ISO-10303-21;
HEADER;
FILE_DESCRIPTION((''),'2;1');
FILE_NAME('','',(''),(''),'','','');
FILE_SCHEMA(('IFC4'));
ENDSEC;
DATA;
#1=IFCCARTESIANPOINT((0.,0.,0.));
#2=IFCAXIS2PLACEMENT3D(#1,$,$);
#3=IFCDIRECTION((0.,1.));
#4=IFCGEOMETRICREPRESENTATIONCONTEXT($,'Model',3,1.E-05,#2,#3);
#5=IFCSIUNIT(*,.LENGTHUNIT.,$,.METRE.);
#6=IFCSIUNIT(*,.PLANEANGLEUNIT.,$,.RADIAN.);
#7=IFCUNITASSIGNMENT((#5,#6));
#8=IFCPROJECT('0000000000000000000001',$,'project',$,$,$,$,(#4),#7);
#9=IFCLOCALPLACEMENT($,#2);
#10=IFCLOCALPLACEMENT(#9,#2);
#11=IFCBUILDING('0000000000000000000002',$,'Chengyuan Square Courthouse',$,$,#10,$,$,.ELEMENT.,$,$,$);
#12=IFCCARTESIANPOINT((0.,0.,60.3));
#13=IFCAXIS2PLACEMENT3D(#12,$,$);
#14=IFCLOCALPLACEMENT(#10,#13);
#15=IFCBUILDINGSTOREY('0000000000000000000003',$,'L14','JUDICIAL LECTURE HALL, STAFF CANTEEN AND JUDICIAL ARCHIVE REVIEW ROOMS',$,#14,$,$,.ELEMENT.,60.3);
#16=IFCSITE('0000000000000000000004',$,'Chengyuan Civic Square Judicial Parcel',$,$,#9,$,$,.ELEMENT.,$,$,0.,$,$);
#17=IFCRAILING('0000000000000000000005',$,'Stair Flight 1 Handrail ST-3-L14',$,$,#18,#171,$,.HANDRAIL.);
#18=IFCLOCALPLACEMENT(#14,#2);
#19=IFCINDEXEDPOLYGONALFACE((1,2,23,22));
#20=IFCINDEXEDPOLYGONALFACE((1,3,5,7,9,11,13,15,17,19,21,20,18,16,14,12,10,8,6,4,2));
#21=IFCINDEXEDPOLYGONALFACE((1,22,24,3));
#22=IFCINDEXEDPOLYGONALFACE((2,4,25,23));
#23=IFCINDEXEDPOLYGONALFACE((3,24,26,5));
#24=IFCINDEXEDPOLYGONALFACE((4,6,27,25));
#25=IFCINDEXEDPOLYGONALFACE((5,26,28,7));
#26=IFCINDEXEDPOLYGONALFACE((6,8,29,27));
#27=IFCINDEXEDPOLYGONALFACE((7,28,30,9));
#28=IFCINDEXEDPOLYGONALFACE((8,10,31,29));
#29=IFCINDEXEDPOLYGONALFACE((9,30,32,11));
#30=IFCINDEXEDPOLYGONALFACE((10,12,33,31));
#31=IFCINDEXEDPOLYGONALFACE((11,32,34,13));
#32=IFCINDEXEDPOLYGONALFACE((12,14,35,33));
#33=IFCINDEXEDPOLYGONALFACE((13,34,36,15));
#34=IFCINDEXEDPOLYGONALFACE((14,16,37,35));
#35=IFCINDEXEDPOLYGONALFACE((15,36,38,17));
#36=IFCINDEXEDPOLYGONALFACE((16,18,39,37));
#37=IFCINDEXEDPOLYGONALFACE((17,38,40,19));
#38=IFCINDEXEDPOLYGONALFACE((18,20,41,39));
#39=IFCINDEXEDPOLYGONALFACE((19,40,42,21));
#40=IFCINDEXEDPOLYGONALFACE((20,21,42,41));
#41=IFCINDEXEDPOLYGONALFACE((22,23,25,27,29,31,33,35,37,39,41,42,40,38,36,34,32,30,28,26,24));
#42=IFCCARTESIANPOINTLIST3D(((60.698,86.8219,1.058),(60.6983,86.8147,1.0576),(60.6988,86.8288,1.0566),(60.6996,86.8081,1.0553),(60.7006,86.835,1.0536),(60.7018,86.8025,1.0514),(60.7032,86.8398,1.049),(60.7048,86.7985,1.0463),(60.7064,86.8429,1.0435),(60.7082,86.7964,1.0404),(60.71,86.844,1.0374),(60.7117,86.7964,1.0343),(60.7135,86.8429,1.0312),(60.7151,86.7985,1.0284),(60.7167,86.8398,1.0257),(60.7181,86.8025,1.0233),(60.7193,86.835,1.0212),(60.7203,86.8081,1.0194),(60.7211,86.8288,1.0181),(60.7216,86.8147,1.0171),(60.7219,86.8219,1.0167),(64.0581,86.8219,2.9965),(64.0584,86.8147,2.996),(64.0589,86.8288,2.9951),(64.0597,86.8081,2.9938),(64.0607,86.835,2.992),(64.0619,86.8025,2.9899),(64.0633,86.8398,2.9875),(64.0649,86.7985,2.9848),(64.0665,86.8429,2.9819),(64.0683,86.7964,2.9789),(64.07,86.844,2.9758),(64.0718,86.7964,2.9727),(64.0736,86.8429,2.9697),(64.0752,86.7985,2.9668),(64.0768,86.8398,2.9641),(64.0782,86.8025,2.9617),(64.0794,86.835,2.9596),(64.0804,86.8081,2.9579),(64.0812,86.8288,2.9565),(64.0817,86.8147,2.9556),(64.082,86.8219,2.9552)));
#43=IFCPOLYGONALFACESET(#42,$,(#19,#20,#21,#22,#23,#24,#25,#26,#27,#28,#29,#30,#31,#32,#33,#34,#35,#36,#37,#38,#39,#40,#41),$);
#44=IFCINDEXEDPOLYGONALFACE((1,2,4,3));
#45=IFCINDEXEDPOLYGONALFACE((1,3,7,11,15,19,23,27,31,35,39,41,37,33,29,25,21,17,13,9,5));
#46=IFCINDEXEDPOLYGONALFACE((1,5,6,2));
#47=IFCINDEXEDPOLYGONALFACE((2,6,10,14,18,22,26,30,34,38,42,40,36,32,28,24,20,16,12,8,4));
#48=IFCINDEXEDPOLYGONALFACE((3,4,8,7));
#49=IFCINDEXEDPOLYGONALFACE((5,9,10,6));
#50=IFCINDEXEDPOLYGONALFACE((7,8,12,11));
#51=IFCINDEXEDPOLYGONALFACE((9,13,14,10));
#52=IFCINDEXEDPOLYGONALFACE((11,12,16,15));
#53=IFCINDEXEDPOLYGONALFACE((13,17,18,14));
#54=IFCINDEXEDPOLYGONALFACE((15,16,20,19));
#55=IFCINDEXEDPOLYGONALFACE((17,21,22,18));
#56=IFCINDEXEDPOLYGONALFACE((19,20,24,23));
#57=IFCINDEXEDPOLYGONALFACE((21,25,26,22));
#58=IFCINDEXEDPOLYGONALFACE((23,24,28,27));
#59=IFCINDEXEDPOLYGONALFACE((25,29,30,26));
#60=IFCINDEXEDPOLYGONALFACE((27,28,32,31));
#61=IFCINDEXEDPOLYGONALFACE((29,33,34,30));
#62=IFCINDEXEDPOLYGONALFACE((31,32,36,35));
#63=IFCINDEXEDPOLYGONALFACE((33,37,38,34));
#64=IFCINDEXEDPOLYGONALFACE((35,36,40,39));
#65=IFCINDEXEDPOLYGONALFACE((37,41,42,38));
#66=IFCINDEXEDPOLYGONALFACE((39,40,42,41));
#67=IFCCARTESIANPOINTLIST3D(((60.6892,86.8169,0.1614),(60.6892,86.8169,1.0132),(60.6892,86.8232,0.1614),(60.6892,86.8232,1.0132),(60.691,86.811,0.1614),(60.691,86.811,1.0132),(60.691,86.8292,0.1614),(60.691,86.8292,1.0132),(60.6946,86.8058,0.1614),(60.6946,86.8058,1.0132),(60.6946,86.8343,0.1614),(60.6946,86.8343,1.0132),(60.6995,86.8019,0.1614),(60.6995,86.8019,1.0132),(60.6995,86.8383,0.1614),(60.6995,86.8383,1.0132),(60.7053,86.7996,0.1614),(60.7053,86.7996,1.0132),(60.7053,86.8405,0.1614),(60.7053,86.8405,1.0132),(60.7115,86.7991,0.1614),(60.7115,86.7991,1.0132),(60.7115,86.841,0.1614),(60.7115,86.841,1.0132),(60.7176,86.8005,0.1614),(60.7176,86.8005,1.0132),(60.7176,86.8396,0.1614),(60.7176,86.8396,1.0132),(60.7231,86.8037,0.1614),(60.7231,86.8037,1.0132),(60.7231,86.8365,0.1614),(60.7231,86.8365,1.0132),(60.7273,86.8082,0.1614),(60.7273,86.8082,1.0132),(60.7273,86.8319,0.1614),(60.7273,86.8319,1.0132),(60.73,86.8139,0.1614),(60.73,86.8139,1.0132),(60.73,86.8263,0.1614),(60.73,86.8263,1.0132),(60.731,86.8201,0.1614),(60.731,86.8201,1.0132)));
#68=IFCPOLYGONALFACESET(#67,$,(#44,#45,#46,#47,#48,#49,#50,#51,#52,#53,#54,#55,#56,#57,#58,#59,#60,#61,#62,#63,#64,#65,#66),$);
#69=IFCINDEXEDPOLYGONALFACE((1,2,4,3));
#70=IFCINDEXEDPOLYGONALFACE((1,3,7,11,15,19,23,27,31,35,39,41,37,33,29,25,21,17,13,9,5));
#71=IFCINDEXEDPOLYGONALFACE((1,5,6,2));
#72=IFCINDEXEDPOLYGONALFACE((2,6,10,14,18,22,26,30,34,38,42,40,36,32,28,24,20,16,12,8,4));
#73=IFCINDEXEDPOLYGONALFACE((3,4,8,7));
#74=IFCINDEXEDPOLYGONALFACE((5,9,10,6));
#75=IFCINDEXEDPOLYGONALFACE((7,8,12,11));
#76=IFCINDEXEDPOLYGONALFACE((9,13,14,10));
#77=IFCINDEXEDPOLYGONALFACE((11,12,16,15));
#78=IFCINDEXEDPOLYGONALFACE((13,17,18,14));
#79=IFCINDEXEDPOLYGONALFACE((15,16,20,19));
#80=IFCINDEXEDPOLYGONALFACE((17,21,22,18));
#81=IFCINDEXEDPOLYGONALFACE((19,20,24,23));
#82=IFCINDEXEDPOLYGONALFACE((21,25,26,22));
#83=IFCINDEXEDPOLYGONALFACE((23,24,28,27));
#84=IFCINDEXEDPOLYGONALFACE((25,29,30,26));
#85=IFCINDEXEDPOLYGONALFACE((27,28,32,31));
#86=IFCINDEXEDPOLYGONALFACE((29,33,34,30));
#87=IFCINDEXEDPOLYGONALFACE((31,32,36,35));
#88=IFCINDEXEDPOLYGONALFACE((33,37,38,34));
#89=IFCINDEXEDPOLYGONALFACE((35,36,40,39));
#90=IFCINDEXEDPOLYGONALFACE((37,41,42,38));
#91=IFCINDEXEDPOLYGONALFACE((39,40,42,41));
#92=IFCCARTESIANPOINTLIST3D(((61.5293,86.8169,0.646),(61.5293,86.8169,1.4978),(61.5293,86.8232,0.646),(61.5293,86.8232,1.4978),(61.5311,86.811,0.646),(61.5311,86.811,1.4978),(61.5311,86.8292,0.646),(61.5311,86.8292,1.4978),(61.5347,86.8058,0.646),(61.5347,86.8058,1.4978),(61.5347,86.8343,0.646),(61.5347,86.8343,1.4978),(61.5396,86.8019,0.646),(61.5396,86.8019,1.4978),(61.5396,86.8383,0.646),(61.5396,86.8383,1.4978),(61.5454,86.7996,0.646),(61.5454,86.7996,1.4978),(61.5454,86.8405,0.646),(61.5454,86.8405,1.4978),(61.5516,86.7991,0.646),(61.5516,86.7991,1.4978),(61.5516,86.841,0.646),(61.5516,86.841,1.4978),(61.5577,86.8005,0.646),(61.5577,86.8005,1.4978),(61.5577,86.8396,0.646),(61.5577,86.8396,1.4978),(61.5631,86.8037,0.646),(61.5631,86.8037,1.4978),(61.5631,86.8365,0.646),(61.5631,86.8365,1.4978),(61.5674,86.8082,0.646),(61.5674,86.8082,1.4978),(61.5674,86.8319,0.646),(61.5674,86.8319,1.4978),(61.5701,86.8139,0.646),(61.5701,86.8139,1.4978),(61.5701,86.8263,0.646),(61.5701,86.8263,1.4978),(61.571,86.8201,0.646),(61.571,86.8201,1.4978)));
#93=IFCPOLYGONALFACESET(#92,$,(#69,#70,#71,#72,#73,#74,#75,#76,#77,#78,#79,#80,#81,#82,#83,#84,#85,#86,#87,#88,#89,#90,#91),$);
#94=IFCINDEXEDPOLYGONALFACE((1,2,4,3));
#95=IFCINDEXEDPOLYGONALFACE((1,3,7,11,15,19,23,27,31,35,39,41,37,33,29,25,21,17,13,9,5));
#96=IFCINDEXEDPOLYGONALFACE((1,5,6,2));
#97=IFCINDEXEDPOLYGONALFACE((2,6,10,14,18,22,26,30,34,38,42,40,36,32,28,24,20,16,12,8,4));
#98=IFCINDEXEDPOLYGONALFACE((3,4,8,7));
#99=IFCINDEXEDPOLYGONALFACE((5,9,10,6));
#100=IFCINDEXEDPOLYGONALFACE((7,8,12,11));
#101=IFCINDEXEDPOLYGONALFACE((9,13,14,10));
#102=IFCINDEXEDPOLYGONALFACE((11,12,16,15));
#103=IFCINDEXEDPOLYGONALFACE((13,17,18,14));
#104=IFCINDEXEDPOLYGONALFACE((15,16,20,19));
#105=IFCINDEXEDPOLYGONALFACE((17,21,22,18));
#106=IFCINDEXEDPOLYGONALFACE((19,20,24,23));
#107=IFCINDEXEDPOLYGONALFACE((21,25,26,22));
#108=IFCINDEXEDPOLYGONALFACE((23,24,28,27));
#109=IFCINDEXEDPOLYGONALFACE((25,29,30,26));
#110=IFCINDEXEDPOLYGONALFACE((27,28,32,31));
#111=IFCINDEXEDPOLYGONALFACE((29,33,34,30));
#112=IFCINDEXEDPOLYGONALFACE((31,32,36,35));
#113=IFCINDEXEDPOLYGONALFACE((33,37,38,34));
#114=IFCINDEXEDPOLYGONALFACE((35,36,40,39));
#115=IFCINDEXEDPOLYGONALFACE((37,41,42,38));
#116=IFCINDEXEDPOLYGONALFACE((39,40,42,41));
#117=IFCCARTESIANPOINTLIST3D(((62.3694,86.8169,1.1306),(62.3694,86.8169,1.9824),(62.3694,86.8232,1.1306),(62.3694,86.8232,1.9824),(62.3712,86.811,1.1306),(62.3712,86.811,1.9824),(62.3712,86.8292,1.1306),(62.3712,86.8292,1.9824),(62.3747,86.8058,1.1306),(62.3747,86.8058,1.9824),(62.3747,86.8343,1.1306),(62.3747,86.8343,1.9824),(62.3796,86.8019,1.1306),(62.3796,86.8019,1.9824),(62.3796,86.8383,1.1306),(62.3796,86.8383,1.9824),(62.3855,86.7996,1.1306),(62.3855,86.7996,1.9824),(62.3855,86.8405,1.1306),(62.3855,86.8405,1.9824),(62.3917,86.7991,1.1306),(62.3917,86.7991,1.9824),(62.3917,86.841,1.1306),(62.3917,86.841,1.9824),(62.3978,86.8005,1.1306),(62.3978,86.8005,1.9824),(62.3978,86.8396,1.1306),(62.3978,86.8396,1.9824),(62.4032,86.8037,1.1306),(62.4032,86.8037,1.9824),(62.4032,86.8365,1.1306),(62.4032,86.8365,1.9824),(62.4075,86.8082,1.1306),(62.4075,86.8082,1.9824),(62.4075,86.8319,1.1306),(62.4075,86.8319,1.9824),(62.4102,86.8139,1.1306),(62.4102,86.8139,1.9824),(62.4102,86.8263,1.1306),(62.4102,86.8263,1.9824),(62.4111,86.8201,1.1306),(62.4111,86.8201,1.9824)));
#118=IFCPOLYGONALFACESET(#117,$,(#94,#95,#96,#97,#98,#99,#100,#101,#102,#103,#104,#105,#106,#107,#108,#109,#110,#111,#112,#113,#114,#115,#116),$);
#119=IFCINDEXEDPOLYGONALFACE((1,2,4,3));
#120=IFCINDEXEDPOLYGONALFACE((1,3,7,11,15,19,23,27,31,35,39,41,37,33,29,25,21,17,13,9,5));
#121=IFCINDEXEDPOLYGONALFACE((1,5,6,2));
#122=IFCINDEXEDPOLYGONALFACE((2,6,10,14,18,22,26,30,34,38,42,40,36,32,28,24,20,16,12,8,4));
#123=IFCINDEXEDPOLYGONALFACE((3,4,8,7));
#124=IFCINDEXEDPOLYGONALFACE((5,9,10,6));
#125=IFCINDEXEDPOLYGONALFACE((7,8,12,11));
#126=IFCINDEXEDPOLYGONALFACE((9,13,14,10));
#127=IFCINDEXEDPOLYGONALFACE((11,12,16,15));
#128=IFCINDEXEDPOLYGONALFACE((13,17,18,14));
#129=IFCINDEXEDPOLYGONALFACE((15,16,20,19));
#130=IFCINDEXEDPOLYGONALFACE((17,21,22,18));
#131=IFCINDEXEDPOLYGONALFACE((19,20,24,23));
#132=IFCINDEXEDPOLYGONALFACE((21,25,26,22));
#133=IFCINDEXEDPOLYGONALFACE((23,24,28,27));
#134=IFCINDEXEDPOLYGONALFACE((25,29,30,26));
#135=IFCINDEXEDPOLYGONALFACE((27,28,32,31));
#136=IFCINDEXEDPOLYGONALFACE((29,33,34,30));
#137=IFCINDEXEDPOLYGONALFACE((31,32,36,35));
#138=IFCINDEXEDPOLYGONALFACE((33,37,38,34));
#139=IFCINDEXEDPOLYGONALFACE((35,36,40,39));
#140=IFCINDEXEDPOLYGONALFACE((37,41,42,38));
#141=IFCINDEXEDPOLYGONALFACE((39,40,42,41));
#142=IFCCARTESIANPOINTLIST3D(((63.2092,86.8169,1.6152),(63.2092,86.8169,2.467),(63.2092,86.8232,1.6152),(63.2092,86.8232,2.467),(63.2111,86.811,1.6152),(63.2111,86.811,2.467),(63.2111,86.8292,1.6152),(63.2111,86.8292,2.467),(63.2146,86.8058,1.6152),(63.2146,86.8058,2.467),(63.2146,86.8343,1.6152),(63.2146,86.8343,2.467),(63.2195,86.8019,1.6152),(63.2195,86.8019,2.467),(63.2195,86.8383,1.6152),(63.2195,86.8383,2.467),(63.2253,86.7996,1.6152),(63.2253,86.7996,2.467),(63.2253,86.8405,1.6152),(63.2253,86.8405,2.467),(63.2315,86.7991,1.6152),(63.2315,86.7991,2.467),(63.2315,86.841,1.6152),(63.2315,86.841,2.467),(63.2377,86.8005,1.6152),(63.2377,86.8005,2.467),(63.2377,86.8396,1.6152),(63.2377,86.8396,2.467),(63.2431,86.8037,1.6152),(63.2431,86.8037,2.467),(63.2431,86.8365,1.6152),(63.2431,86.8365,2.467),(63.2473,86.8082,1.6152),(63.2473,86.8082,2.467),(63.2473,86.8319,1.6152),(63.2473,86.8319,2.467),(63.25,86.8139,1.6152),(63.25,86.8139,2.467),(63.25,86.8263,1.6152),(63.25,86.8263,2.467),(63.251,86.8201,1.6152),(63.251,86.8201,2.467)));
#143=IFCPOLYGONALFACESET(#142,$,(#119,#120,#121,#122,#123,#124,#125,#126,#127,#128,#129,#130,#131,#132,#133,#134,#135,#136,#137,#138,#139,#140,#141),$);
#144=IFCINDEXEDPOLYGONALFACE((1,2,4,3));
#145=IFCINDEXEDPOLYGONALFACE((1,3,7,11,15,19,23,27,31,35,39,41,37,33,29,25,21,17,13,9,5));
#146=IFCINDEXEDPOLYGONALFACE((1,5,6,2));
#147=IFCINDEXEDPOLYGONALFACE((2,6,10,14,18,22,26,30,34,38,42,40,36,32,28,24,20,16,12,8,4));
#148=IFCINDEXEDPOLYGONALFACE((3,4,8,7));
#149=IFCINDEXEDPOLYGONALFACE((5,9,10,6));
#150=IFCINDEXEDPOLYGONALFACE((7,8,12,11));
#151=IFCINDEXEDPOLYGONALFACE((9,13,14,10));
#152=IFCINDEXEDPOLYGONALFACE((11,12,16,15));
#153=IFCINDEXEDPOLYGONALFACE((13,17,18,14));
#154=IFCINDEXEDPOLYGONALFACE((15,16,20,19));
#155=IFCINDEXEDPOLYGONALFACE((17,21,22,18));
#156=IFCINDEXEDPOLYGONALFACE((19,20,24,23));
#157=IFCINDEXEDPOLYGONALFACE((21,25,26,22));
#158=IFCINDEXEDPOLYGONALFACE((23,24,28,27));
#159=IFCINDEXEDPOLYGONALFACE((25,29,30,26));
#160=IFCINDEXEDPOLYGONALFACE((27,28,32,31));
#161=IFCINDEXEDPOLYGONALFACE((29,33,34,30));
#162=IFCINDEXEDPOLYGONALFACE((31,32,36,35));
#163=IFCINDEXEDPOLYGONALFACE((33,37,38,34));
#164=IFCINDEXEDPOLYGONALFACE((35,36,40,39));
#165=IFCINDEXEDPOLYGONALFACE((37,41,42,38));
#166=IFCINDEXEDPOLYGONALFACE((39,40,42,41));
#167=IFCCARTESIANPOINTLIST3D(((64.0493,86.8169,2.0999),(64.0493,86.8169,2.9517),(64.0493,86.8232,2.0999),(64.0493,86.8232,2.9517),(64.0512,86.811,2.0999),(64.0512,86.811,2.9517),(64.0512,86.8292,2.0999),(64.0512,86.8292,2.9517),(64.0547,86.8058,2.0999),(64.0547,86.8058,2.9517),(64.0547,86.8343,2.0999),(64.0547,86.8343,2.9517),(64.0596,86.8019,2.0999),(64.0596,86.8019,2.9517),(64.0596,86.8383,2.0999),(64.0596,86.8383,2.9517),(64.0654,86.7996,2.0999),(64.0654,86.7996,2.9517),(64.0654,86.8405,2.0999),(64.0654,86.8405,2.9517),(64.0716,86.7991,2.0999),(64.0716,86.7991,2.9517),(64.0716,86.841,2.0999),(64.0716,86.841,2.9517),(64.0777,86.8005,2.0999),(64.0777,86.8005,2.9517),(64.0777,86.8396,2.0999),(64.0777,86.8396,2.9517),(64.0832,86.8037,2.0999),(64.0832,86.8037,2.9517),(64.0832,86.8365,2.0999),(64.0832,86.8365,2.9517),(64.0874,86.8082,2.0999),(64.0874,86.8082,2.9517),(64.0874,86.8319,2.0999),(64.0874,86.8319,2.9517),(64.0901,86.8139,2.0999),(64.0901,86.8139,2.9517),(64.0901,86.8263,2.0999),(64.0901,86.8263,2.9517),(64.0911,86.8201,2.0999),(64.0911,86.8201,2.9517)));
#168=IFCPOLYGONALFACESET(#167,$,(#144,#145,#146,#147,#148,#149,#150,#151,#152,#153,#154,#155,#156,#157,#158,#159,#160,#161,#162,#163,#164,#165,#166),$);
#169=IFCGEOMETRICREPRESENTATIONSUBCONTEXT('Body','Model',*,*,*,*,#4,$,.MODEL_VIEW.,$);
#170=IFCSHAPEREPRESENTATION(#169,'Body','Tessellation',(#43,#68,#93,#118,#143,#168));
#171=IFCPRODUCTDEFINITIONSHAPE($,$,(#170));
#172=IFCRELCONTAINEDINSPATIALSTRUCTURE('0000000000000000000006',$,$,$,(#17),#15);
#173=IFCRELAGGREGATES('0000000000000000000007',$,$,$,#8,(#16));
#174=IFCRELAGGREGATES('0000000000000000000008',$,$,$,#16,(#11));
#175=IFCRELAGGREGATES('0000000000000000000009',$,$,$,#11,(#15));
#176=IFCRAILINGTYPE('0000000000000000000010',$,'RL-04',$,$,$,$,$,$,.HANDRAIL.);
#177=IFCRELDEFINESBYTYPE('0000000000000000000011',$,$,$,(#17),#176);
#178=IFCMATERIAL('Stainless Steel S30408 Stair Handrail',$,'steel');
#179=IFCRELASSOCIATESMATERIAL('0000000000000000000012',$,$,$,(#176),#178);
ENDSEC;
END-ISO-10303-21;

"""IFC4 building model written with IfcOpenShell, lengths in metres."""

from ifc_helpers import new_model, si_unit, direction, frame, origin, origin_2d, place, context, subcontext, project, spatial, circle, extrude, material, type_object, element, save


model = new_model("IFC4")

# Units and contexts
model_context = context("Model", 3, precision=1e-05, world=origin(), true_north=direction((0.0, 1.0)))
body_context = subcontext(model_context, "Body", "Model", "MODEL_VIEW")
ifc_project = project(units=[si_unit("LENGTHUNIT", "METRE"), si_unit("PLANEANGLEUNIT", "RADIAN")], contexts=[model_context])

# Site, building, storey
site_placement = place(None, origin())
site = spatial("IfcSite", under=ifc_project, at=site_placement, Name="Chengyuan Civic Square Judicial Parcel", CompositionType="ELEMENT", RefElevation=0.0)
building_placement = place(site_placement, origin())
building = spatial("IfcBuilding", under=site, at=building_placement, Name="Chengyuan Square Courthouse", CompositionType="ELEMENT")
storey_placement = place(building_placement, frame((0.0, 0.0, 60.3)))
storey = spatial("IfcBuildingStorey", under=building, at=storey_placement, Name="L14", Description="JUDICIAL LECTURE HALL, STAFF CANTEEN AND JUDICIAL ARCHIVE REVIEW ROOMS", CompositionType="ELEMENT", Elevation=60.3)

# Railing
ifc_material_1 = material(Name="Stainless Steel S30408 Stair Handrail", Category="steel")
railing_type_1 = type_object("IfcRailingType", Name="RL-04", PredefinedType="HANDRAIL", material=ifc_material_1)
railing_1_placement = place(storey_placement, frame((60.71, 86.8201, 0.1614)))
element("IfcRailing", 1, at=railing_1_placement, inside=storey, type_object=railing_type_1, Name="Stair Flight 1 Handrail ST-3-L14", PredefinedType="HANDRAIL", context=body_context, shape_type="SweptSolid", body=[
    extrude(circle(Radius=0.0239, at=origin_2d()), frame((0.0, 0.0, 0.876), z_axis=(0.866191, 0.0, 0.499713), x_axis=(0.0, 1.0, 0.0)), (0.0, 0.0, 1.0), 3.8792),
    extrude(circle(Radius=0.021, at=origin_2d()), origin(), (0.0, 0.0, 1.0), 0.8518),
    extrude(circle(Radius=0.021, at=origin_2d()), frame((0.8401, 0.0, 0.4846)), (0.0, 0.0, 1.0), 0.8518),
    extrude(circle(Radius=0.021, at=origin_2d()), frame((1.6802, 0.0, 0.9692)), (0.0, 0.0, 1.0), 0.8518),
    extrude(circle(Radius=0.021, at=origin_2d()), frame((2.52, 0.0, 1.4539)), (0.0, 0.0, 1.0), 0.8518),
    extrude(circle(Radius=0.021, at=origin_2d()), frame((3.3601, 0.0, 1.9385)), (0.0, 0.0, 1.0), 0.8518),
])

save(model, "model.ifc")
